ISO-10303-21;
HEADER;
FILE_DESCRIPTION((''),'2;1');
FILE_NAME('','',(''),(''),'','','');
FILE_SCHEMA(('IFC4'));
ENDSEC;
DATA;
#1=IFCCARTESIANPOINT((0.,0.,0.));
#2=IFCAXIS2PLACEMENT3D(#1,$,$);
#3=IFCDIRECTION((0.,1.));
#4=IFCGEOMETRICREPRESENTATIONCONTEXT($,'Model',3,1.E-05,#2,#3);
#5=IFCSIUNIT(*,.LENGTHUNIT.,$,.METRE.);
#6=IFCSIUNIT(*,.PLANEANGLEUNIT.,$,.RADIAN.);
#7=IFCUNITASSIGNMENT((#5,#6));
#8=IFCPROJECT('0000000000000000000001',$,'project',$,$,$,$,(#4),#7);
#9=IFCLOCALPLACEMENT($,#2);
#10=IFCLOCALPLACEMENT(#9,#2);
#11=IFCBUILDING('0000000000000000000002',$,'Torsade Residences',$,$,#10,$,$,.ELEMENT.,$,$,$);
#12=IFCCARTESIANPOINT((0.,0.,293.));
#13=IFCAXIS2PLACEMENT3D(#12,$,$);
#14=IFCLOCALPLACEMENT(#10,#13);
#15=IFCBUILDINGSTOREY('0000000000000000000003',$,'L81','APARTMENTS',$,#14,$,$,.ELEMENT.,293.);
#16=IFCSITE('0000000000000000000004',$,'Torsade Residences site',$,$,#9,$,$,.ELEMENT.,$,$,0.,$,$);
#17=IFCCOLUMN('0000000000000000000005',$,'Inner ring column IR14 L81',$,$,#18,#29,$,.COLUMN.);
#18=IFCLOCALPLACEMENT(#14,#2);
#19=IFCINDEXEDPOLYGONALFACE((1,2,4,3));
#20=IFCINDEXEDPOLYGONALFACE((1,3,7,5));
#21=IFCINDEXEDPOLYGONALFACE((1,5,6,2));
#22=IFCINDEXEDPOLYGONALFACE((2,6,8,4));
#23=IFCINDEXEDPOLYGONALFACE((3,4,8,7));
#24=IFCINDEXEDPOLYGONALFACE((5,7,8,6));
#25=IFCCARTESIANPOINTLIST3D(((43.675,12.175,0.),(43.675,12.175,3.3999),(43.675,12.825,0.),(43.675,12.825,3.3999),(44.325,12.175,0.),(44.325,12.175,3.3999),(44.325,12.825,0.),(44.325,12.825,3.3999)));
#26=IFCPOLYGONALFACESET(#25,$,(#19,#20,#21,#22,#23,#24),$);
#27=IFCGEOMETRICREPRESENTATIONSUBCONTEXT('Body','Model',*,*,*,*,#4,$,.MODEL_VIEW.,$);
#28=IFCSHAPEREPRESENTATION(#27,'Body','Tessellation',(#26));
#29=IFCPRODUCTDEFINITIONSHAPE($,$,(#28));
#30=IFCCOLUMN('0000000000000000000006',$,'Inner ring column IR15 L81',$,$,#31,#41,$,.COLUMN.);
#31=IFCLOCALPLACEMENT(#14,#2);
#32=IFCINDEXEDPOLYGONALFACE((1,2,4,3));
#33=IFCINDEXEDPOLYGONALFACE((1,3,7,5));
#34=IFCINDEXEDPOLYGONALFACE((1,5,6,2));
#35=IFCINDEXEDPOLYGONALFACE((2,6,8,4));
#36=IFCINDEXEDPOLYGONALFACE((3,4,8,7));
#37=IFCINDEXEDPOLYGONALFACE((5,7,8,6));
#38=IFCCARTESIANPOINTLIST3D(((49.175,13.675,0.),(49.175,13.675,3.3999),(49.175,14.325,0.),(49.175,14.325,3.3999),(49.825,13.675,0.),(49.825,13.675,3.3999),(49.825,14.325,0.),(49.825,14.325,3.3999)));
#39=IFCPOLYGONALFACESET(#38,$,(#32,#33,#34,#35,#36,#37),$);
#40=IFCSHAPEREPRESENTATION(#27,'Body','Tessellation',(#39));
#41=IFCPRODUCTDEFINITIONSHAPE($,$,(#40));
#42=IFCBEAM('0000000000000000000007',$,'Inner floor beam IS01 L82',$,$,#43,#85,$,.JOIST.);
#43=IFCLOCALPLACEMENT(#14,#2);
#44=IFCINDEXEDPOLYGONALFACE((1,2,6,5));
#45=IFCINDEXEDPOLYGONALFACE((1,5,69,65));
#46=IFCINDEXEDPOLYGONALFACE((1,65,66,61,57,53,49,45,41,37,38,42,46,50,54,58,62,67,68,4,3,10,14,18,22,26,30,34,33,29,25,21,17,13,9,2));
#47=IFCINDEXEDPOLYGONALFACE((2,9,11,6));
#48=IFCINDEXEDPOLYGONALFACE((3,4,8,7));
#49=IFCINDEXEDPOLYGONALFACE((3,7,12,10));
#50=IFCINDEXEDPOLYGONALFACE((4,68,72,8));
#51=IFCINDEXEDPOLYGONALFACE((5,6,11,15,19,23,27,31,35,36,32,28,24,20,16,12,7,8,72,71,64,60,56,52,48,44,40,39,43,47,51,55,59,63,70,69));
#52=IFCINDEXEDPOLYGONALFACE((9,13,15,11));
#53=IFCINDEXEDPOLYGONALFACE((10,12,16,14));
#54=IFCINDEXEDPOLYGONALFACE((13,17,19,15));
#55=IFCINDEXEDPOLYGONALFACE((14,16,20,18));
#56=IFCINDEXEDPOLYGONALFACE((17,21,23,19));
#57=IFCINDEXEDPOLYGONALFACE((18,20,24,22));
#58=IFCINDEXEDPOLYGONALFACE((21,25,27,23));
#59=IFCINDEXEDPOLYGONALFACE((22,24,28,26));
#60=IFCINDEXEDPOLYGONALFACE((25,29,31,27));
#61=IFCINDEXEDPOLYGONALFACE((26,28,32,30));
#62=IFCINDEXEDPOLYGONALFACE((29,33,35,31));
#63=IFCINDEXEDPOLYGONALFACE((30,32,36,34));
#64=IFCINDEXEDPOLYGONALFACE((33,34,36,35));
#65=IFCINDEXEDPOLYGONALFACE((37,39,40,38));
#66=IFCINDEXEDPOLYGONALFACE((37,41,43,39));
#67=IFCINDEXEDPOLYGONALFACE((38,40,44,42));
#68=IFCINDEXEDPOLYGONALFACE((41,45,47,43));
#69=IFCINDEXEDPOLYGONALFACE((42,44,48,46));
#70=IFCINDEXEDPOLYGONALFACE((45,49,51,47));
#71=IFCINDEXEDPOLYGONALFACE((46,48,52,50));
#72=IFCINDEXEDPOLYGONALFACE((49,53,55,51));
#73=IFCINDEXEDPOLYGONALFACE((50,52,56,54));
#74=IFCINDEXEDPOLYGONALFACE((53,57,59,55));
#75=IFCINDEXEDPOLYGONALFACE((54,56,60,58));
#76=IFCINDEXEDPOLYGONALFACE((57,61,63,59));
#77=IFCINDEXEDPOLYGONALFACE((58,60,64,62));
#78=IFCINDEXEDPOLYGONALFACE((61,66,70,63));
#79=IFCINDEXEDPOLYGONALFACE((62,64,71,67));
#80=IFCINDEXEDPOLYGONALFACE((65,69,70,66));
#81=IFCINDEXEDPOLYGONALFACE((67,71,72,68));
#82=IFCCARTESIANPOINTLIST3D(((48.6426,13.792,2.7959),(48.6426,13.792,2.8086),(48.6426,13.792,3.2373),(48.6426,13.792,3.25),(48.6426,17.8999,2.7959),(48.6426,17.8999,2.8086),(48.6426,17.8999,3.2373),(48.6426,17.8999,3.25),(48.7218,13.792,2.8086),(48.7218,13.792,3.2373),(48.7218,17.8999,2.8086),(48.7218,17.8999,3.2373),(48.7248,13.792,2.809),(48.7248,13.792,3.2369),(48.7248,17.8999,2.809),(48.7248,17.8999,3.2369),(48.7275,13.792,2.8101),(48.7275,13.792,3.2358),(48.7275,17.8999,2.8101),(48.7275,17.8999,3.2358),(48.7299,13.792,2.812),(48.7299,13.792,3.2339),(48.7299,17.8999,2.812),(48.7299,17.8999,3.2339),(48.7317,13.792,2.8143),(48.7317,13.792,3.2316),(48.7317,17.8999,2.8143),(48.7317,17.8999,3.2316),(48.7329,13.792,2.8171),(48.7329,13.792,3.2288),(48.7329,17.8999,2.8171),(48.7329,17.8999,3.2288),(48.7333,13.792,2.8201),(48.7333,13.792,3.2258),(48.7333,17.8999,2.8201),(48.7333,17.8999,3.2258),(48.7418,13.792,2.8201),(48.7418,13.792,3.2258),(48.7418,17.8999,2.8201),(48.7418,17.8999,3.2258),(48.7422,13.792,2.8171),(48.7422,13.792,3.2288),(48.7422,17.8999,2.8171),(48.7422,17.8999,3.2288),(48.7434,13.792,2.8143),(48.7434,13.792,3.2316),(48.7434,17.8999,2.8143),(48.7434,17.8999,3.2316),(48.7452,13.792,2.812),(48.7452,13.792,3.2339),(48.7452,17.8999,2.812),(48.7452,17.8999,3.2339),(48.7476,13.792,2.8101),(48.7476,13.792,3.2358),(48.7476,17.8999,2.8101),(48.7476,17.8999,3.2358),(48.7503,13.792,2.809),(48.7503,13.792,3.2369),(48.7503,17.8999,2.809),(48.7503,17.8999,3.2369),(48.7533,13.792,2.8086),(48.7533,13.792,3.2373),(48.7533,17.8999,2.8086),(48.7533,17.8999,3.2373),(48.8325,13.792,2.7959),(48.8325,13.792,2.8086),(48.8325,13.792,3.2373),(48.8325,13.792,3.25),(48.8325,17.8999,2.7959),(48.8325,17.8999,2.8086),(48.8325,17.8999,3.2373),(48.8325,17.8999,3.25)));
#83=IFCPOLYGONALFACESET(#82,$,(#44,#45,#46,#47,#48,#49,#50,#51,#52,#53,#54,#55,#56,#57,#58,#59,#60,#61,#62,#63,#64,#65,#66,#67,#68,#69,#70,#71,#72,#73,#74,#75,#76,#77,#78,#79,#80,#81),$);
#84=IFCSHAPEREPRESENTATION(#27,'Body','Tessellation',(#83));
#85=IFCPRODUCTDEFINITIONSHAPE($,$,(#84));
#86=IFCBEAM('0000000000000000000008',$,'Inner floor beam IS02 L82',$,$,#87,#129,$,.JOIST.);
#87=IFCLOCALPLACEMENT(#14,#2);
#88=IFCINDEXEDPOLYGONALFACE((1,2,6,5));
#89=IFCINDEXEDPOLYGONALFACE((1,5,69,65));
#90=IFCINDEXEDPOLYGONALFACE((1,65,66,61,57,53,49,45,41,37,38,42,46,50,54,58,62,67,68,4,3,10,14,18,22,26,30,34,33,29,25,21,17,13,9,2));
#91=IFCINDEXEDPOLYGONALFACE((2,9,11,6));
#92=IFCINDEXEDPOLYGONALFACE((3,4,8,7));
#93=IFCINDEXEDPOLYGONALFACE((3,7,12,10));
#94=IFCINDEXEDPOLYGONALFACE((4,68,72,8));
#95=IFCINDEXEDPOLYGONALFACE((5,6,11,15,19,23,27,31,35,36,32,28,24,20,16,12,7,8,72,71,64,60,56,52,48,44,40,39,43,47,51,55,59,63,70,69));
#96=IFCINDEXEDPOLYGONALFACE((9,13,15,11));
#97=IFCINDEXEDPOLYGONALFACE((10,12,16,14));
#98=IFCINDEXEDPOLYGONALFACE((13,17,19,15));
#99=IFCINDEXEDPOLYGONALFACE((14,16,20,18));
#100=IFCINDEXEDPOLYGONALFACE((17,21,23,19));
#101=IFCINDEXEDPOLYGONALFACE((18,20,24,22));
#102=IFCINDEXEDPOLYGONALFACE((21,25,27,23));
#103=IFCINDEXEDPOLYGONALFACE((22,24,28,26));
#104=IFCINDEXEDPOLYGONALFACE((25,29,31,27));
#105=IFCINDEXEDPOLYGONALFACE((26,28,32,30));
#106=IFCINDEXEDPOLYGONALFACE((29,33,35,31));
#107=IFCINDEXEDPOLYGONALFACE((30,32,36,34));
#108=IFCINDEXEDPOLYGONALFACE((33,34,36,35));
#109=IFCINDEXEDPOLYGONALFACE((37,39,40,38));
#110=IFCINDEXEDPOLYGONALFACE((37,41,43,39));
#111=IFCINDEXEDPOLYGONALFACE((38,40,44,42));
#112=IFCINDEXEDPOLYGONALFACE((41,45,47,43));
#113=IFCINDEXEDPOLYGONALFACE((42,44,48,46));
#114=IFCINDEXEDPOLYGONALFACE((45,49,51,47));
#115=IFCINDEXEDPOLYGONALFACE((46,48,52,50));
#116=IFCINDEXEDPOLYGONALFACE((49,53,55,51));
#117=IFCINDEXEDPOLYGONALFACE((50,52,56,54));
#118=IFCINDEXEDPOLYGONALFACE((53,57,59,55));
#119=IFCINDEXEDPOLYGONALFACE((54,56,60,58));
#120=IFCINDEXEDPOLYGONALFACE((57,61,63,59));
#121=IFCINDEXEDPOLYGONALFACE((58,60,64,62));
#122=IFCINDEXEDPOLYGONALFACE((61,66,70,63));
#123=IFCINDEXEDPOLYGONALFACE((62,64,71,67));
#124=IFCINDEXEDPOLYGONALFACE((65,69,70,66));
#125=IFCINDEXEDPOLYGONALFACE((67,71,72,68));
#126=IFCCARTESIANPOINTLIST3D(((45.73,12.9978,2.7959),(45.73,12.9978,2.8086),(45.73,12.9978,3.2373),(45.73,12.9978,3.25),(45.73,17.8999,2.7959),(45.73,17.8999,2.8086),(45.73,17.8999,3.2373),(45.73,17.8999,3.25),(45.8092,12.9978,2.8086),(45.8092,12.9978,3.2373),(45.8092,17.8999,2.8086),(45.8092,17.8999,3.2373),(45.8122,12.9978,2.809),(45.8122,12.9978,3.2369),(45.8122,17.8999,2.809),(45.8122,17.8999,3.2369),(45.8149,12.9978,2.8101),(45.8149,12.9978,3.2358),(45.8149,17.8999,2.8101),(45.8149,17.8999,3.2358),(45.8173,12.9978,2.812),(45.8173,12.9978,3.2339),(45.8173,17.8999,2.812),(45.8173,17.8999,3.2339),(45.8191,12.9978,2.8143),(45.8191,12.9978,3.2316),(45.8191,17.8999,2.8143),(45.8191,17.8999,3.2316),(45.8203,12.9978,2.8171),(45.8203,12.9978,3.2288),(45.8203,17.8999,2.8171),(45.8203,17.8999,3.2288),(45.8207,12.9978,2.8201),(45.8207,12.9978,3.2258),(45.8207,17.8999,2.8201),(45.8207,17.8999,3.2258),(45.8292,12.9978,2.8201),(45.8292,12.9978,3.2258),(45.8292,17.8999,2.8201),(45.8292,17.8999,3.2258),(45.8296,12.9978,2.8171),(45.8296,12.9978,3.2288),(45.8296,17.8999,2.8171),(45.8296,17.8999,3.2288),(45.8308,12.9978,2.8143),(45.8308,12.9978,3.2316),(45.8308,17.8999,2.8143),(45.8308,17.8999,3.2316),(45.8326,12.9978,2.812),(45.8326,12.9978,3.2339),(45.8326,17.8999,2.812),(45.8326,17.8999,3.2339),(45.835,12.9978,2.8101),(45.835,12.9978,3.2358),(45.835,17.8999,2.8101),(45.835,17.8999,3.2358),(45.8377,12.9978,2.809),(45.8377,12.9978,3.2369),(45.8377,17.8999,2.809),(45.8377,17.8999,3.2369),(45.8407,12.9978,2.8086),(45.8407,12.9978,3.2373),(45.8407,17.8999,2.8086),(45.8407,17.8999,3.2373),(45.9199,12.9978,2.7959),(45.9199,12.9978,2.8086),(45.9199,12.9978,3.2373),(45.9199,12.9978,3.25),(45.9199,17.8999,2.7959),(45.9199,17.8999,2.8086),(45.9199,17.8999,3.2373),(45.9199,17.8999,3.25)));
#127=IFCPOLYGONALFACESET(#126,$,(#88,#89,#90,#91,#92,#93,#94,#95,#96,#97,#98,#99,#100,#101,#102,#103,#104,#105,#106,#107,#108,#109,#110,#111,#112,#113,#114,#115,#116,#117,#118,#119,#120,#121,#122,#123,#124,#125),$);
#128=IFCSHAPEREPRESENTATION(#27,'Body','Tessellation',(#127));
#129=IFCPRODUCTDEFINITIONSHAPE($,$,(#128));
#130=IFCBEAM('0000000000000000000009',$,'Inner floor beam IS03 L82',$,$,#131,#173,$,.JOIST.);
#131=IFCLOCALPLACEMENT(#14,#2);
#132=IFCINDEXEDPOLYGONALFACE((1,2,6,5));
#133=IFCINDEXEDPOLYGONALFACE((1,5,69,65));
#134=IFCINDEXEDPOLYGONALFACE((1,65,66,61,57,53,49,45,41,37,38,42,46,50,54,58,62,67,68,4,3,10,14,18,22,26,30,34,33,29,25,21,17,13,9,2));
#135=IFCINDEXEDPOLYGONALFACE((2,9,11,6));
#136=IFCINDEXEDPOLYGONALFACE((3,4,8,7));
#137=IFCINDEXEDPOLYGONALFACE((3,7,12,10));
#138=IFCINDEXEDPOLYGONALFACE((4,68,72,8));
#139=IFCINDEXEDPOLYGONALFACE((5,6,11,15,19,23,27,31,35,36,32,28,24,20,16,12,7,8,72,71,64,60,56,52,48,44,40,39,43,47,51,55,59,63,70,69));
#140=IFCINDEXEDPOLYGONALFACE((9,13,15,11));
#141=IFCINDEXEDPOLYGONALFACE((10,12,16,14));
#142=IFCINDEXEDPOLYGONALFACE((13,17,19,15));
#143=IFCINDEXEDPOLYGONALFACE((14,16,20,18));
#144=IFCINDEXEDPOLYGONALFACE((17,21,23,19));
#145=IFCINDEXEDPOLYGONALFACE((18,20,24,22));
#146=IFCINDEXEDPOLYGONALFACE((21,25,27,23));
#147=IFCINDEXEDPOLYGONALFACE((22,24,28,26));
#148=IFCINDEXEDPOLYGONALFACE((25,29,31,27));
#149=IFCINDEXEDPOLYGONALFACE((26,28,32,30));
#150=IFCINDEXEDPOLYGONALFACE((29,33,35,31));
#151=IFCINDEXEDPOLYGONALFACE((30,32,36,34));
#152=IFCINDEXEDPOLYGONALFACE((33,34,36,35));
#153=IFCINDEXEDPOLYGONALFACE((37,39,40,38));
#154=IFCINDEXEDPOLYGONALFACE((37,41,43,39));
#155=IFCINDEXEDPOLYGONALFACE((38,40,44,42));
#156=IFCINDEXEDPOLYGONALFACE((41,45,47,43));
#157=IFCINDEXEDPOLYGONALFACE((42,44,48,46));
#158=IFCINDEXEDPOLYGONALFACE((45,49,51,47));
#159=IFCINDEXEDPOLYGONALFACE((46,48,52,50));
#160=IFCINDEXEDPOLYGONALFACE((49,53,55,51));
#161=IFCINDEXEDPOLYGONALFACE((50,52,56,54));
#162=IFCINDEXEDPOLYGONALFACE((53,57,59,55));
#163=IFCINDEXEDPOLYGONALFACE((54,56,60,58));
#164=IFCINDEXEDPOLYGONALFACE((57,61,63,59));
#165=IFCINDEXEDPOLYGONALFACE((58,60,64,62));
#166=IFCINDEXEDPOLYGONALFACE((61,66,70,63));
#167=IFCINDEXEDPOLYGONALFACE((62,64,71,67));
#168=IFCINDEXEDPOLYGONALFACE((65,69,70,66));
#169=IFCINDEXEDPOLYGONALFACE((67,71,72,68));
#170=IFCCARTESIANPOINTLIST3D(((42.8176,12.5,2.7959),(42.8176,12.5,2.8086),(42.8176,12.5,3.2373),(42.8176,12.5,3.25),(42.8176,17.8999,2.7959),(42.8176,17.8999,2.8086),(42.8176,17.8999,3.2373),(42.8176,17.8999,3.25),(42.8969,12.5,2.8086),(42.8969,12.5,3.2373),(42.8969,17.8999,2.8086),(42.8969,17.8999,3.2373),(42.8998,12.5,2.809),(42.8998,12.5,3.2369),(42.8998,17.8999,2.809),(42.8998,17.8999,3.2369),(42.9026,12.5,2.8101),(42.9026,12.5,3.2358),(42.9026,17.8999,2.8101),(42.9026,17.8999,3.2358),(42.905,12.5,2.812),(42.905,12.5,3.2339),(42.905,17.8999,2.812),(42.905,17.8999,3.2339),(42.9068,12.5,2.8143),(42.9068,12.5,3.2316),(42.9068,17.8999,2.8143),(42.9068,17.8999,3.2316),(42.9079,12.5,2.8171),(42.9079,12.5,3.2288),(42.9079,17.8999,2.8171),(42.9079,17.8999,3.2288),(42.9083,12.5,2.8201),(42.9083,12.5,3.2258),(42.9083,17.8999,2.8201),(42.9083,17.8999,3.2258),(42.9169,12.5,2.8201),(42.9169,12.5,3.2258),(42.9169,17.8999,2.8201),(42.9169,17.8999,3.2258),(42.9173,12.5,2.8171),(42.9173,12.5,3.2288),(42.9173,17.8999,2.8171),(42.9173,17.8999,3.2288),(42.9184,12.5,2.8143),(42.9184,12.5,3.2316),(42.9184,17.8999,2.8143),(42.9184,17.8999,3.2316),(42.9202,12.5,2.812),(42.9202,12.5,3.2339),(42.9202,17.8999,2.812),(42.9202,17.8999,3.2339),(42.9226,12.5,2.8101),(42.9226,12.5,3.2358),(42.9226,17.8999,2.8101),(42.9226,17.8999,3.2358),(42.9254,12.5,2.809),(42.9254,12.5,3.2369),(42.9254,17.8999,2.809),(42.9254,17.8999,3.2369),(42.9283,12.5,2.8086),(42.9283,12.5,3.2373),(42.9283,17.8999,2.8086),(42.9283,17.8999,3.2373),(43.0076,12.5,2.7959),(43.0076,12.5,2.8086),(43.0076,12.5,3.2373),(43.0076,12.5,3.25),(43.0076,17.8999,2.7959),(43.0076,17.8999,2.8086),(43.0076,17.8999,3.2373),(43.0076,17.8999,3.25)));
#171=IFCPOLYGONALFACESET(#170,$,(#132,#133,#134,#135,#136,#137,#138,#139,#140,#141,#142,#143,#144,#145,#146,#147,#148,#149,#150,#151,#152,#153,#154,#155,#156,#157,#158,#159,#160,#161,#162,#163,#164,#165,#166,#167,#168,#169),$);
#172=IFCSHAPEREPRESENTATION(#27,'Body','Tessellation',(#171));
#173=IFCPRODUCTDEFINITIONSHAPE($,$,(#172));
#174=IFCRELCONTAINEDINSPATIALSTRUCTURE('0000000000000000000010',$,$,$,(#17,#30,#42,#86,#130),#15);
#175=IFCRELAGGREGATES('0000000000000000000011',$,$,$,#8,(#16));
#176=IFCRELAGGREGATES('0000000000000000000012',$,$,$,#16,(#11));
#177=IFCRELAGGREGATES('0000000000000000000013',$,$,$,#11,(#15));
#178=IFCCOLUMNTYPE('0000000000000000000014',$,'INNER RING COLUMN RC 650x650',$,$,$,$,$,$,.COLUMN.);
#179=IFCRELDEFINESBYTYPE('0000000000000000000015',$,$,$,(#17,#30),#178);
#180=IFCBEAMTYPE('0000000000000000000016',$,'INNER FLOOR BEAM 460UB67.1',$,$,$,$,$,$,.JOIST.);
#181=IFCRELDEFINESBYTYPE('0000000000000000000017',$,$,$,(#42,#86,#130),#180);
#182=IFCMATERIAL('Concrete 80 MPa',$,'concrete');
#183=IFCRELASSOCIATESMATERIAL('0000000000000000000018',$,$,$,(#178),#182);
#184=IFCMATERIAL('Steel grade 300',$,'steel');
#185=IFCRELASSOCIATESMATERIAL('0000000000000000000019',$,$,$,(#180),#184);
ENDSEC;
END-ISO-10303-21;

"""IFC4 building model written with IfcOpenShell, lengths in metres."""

from ifc_helpers import new_model, si_unit, direction, frame, origin, origin_2d, place, context, subcontext, project, spatial, rectangle, i_section, extrude, material, material_profile, profile_set, type_object, element, save


model = new_model("IFC4")

# Units and contexts
model_context = context("Model", 3, precision=1e-05, world=origin(), true_north=direction((0.0, 1.0)))
body_context = subcontext(model_context, "Body", "Model", "MODEL_VIEW")
ifc_project = project(units=[si_unit("LENGTHUNIT", "METRE"), si_unit("PLANEANGLEUNIT", "RADIAN")], contexts=[model_context])

# Site, building, storey
site_placement = place(None, origin())
site = spatial("IfcSite", under=ifc_project, at=site_placement, Name="Torsade Residences site", CompositionType="ELEMENT", RefElevation=0.0)
building_placement = place(site_placement, origin())
building = spatial("IfcBuilding", under=site, at=building_placement, Name="Torsade Residences", CompositionType="ELEMENT")
storey_placement = place(building_placement, frame((0.0, 0.0, 293.0)))
storey = spatial("IfcBuildingStorey", under=building, at=storey_placement, Name="L81", Description="APARTMENTS", CompositionType="ELEMENT", Elevation=293.0)

# Columns
ifc_material_1 = material(Name="Concrete 80 MPa", Category="concrete")
ifc_material_profile_1 = material_profile(ifc_material_1, rectangle(XDim=0.6499, YDim=0.6499, at=origin_2d()), Name="RC 650x650")
ifc_profile_set_1 = profile_set([ifc_material_profile_1], Name="Concrete 80 MPa")
column_type = type_object("IfcColumnType", Name="INNER RING COLUMN RC 650x650", PredefinedType="COLUMN", material=ifc_profile_set_1)
for number, where, z_axis, x_axis, name in (
    (1, (44.0, 12.5, 0.0), (0.0, 0.0, 1.0), (1.0, 0.0, 0.0), "Inner ring column IR14 L81"),
    (2, (49.5, 14.0, 0.0), (0.0, 0.0, 1.0), (1.0, 0.0, 0.0), "Inner ring column IR15 L81"),
):
    element("IfcColumn", number, at=place(storey_placement, frame(where, z_axis=z_axis, x_axis=x_axis)), inside=storey, type_object=column_type, Name=name, PredefinedType="COLUMN", context=body_context, shape_type="SweptSolid", body=[
        extrude(rectangle(XDim=0.6499, YDim=0.6499, at=origin_2d()), origin(), (0.0, 0.0, 1.0), 3.3999),
    ])

# Beams
ifc_material_2 = material(Name="Steel grade 300", Category="steel")
ifc_material_profile_2 = material_profile(ifc_material_2, i_section(OverallWidth=0.1899, OverallDepth=0.4541, WebThickness=0.0085, FlangeThickness=0.0127, FilletRadius=0.0115, at=origin_2d()), Name="460UB67.1")
ifc_profile_set_2 = profile_set([ifc_material_profile_2], Name="Steel grade 300")
beam_type_1 = type_object("IfcBeamType", Name="INNER FLOOR BEAM 460UB67.1", PredefinedType="JOIST", material=ifc_profile_set_2)
beam_1_placement = place(storey_placement, frame((48.7375, 17.8999, 3.0229), z_axis=(0.0, -1.0, 0.0), x_axis=(1.0, 0.0, 0.0)))
element("IfcBeam", 3, at=beam_1_placement, inside=storey, type_object=beam_type_1, Name="Inner floor beam IS01 L82", PredefinedType="JOIST", context=body_context, shape_type="SweptSolid", body=[
    extrude(i_section(OverallWidth=0.1899, OverallDepth=0.4541, WebThickness=0.0085, FlangeThickness=0.0127, FilletRadius=0.0115, at=origin_2d()), origin(), (0.0, 0.0, 1.0), 4.1079),
])
beam_2_placement = place(storey_placement, frame((45.825, 17.8999, 3.0229), z_axis=(0.0, -1.0, 0.0), x_axis=(1.0, 0.0, 0.0)))
element("IfcBeam", 4, at=beam_2_placement, inside=storey, type_object=beam_type_1, Name="Inner floor beam IS02 L82", PredefinedType="JOIST", context=body_context, shape_type="SweptSolid", body=[
    extrude(i_section(OverallWidth=0.1899, OverallDepth=0.4541, WebThickness=0.0085, FlangeThickness=0.0127, FilletRadius=0.0115, at=origin_2d()), origin(), (0.0, 0.0, 1.0), 4.9021),
])
for number, where, z_axis, x_axis, name in (
    (5, (42.9126, 17.8999, 3.0229), (0.0, -1.0, 0.0), (1.0, 0.0, 0.0), "Inner floor beam IS03 L82"),
):
    element("IfcBeam", number, at=place(storey_placement, frame(where, z_axis=z_axis, x_axis=x_axis)), inside=storey, type_object=beam_type_1, Name=name, PredefinedType="JOIST", context=body_context, shape_type="SweptSolid", body=[
        extrude(i_section(OverallWidth=0.1899, OverallDepth=0.4541, WebThickness=0.0085, FlangeThickness=0.0127, FilletRadius=0.0115, at=origin_2d()), origin(), (0.0, 0.0, 1.0), 5.3999),
    ])

save(model, "model.ifc")
